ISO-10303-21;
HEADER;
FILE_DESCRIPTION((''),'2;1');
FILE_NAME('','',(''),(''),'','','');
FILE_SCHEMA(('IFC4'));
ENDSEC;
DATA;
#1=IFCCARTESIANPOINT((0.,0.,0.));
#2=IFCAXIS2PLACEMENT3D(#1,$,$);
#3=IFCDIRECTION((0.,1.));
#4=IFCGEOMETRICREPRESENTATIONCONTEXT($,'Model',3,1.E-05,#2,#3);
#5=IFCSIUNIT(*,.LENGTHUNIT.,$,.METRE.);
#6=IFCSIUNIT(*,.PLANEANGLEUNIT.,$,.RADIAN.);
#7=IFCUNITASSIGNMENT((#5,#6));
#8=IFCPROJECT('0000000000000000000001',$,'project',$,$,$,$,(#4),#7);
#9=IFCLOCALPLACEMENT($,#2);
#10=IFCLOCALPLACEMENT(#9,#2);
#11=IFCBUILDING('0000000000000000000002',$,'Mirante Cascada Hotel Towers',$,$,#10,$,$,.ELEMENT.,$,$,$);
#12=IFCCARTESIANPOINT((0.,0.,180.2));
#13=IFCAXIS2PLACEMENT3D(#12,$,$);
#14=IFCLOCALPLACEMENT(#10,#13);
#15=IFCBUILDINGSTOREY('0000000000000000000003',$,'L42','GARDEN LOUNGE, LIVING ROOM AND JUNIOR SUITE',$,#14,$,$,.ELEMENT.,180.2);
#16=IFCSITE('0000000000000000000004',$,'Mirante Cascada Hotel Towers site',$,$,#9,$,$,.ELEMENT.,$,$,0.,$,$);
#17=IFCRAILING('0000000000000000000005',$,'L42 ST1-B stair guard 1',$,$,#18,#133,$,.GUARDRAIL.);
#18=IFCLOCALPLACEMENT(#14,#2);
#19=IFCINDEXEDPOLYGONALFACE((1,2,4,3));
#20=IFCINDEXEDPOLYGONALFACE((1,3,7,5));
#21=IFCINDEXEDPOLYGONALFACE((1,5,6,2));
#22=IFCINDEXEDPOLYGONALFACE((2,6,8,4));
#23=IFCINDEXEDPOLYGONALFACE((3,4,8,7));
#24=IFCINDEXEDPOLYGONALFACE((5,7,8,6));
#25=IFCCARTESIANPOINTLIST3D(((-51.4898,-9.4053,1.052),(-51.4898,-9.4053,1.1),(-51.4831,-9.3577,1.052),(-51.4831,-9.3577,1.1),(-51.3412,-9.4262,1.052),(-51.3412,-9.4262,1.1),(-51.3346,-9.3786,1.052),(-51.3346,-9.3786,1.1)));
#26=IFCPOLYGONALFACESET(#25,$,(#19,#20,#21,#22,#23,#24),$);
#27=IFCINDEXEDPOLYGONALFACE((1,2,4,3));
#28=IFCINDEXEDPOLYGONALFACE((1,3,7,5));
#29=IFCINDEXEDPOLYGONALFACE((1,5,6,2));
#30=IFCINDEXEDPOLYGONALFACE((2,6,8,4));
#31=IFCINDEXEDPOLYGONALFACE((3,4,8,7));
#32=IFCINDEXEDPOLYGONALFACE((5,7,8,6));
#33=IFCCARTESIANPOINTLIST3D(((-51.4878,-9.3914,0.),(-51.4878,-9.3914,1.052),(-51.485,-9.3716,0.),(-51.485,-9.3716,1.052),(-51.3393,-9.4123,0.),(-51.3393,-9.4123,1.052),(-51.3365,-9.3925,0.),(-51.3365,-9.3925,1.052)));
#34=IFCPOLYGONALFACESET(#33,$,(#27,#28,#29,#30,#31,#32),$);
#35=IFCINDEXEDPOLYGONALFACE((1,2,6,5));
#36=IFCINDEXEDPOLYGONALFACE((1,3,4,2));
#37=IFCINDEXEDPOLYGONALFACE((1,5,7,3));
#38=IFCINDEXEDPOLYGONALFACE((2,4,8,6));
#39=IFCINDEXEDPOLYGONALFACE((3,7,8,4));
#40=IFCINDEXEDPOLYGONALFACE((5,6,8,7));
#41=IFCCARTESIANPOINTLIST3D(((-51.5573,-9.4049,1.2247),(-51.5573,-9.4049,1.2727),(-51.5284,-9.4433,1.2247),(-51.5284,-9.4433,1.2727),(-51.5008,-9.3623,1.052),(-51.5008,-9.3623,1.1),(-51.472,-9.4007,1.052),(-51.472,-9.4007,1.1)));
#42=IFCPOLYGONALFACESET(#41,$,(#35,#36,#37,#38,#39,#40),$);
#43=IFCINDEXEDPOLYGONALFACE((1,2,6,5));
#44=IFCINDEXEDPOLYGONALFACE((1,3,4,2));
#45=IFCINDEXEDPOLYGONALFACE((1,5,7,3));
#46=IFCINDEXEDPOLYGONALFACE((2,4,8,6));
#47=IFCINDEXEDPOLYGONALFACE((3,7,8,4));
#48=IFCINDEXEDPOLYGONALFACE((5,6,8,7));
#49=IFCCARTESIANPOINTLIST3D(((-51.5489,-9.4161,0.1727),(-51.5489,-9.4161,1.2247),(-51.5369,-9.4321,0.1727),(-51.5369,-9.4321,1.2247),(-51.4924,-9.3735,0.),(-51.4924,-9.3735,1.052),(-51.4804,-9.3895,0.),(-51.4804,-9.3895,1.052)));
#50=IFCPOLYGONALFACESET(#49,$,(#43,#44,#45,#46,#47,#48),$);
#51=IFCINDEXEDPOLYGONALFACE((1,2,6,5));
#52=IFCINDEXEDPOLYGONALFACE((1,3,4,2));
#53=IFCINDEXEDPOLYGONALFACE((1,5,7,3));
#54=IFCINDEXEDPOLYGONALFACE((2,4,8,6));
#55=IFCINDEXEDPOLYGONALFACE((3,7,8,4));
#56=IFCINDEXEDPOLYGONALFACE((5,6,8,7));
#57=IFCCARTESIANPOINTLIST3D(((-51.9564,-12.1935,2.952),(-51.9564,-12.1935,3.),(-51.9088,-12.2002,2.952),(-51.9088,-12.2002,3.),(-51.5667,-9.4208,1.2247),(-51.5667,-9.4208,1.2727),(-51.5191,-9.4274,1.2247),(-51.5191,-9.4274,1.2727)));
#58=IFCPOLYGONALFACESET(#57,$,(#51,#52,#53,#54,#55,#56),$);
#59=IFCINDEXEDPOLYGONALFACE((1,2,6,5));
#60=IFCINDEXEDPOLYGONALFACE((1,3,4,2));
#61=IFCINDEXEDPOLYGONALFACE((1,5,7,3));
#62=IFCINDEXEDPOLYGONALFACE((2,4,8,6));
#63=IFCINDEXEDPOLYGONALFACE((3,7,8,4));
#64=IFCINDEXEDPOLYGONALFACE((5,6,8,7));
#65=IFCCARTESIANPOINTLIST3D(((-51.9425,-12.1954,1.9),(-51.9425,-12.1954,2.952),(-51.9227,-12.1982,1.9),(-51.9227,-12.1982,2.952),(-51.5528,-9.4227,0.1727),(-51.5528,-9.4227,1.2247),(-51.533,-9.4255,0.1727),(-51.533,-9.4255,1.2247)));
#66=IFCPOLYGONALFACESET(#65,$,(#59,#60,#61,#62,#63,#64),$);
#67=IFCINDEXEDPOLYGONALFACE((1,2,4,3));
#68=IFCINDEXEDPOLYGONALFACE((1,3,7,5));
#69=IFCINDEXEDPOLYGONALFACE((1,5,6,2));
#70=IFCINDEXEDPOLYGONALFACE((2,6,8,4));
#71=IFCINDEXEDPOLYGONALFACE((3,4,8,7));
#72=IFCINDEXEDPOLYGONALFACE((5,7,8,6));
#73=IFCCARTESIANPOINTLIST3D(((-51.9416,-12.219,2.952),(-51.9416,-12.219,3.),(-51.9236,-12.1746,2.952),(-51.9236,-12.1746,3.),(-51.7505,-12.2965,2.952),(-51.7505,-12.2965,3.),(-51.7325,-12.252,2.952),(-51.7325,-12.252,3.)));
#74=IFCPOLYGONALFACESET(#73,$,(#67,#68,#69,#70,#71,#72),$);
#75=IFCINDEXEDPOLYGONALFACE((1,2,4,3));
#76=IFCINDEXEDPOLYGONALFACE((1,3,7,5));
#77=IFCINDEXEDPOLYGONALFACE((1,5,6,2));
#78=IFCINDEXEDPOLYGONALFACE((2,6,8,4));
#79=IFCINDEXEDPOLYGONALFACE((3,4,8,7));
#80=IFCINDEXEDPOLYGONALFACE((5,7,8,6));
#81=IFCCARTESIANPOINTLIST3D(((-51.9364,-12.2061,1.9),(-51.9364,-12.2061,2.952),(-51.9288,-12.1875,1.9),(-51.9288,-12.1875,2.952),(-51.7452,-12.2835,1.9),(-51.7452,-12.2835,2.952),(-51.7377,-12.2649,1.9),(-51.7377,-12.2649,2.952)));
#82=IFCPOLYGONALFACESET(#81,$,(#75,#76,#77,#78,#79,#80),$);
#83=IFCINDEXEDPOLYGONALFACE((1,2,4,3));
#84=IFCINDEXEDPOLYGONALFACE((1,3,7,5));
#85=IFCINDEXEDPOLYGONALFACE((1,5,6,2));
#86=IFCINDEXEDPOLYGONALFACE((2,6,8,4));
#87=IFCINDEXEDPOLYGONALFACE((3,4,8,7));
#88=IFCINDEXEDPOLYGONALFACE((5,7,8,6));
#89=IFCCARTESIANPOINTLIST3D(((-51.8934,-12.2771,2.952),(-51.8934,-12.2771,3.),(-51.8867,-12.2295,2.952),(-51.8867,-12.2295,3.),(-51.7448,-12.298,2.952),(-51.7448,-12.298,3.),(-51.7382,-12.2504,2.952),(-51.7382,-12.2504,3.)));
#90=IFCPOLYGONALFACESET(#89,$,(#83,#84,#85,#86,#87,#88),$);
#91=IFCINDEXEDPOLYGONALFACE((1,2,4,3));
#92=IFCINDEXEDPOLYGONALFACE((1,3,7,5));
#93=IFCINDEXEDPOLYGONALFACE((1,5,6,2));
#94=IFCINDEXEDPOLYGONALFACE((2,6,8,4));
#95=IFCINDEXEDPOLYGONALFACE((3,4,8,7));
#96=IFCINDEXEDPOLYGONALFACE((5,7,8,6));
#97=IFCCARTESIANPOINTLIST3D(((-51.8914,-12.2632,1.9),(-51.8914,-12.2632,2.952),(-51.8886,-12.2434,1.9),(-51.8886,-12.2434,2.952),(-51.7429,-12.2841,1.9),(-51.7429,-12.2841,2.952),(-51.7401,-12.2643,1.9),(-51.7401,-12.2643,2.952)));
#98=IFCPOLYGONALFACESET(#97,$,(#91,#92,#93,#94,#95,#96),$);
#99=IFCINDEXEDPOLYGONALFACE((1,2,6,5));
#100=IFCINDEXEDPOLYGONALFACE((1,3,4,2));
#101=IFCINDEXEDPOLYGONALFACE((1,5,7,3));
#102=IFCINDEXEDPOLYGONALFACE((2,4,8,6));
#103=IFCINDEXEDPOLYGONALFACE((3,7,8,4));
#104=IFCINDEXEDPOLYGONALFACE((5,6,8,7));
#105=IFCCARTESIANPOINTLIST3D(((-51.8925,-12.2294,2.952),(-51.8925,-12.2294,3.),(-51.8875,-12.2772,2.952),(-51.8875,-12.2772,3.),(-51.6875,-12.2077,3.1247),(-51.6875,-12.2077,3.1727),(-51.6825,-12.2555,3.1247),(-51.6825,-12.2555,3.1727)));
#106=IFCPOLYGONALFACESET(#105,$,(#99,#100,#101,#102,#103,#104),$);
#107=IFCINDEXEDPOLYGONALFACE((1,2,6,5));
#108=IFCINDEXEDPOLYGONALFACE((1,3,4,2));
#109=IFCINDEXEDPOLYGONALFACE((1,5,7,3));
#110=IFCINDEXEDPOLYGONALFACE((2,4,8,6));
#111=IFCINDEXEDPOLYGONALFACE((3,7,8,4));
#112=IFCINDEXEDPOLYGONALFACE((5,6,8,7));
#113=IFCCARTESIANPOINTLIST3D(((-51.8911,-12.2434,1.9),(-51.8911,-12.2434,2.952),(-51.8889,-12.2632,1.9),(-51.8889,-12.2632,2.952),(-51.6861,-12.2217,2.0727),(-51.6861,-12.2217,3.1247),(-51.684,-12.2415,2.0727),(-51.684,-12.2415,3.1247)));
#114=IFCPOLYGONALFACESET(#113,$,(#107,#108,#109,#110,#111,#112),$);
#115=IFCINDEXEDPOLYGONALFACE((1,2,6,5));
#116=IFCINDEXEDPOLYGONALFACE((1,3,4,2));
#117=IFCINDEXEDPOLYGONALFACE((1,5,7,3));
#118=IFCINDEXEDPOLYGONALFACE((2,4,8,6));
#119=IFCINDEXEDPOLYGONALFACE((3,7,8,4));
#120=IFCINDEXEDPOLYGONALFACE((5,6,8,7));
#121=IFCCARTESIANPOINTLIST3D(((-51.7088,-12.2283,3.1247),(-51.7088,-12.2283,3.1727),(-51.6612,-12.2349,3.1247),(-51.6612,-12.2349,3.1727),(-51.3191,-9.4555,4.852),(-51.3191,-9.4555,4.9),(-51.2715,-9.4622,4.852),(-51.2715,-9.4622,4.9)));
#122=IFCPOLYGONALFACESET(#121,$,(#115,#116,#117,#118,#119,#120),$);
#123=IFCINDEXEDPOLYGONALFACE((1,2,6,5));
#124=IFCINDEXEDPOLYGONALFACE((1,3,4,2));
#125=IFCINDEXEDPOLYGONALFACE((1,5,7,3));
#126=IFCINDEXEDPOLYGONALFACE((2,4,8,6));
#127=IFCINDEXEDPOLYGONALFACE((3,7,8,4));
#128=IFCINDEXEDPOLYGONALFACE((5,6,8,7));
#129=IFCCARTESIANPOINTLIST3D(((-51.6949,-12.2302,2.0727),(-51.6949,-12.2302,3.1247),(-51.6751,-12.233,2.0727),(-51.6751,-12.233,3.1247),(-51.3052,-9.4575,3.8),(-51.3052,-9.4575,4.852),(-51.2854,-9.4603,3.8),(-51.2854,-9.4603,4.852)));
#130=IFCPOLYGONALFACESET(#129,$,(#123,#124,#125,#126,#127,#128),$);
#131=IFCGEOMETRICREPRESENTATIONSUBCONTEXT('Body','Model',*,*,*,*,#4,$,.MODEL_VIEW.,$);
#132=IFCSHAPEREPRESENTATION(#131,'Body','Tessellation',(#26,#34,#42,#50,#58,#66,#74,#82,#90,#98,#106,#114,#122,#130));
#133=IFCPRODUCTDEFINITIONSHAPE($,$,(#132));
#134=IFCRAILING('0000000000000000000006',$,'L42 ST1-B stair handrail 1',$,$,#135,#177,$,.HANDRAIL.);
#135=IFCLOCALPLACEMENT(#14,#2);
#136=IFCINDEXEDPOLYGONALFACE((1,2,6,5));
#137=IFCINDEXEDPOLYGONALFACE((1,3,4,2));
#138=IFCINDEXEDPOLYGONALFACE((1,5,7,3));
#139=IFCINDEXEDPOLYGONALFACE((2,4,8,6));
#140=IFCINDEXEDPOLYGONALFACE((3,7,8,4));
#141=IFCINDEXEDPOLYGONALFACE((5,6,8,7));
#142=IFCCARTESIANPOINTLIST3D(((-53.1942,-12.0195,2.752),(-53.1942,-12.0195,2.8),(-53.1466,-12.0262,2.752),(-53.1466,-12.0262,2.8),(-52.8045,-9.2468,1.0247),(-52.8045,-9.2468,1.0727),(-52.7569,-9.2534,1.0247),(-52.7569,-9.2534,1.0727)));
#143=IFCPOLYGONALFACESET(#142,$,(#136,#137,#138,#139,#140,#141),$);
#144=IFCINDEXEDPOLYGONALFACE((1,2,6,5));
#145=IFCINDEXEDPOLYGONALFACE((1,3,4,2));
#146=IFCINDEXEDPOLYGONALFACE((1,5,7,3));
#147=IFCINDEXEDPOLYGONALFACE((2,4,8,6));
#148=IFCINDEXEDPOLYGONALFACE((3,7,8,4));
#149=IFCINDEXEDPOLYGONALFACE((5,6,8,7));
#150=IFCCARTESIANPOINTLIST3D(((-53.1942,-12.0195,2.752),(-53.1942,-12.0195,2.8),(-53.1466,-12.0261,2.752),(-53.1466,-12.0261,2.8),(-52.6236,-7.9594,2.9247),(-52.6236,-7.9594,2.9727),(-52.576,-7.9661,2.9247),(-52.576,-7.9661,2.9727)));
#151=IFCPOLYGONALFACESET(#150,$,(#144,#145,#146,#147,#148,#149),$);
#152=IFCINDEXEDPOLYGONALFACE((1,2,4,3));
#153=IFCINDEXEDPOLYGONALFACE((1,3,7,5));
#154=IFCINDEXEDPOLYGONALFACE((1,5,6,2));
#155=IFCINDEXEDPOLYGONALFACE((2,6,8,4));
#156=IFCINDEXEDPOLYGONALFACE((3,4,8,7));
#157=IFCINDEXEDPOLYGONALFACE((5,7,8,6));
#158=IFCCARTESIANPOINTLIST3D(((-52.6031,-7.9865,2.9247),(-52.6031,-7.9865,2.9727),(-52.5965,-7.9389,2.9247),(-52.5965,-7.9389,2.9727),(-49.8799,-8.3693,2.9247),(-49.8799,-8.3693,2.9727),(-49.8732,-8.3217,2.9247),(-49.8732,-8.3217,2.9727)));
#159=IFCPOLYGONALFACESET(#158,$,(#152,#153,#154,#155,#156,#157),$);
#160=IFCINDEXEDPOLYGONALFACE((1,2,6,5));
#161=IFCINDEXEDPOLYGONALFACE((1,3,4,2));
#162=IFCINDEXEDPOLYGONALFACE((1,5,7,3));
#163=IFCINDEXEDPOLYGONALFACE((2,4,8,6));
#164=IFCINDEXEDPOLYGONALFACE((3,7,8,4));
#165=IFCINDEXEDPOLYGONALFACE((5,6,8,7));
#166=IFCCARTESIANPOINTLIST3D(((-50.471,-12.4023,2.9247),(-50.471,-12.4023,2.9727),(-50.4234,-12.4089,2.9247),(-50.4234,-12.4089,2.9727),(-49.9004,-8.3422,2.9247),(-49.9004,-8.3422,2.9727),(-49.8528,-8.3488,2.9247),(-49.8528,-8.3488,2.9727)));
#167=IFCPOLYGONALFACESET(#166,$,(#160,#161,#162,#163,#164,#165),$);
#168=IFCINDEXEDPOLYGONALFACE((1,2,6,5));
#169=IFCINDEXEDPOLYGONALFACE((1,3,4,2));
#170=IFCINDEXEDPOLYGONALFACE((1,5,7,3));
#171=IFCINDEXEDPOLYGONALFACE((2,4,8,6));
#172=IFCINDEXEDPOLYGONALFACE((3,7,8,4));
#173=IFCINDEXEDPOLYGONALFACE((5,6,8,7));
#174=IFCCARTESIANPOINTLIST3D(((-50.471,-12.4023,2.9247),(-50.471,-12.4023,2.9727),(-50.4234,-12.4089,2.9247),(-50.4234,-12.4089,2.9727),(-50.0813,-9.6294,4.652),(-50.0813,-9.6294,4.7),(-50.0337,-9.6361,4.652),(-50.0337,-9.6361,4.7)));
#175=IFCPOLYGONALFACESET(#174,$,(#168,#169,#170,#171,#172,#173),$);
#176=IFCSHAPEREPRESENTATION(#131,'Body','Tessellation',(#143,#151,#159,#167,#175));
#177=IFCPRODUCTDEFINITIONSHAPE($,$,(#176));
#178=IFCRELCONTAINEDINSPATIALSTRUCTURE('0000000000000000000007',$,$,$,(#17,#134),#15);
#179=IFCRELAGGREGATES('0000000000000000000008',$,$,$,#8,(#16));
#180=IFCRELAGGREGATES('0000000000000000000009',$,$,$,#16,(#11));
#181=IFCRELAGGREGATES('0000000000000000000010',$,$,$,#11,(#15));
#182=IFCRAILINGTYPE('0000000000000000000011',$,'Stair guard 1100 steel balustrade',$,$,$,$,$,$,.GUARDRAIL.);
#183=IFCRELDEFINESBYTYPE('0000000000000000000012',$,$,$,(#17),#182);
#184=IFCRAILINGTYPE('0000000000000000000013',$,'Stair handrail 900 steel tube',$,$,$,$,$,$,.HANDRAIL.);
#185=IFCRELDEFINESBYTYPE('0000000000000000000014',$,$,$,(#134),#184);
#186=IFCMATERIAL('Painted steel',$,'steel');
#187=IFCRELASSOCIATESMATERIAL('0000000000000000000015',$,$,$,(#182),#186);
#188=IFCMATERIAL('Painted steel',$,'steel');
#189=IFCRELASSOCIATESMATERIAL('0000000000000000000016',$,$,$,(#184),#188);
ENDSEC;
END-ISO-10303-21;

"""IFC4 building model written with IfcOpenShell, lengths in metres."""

from ifc_helpers import new_model, si_unit, direction, frame, origin, origin_2d, place, context, subcontext, project, spatial, rectangle, extrude, material, type_object, element, save


model = new_model("IFC4")

# Units and contexts
model_context = context("Model", 3, precision=1e-05, world=origin(), true_north=direction((0.0, 1.0)))
body_context = subcontext(model_context, "Body", "Model", "MODEL_VIEW")
ifc_project = project(units=[si_unit("LENGTHUNIT", "METRE"), si_unit("PLANEANGLEUNIT", "RADIAN")], contexts=[model_context])

# Site, building, storey
site_placement = place(None, origin())
site = spatial("IfcSite", under=ifc_project, at=site_placement, Name="Mirante Cascada Hotel Towers site", CompositionType="ELEMENT", RefElevation=0.0)
building_placement = place(site_placement, origin())
building = spatial("IfcBuilding", under=site, at=building_placement, Name="Mirante Cascada Hotel Towers", CompositionType="ELEMENT")
storey_placement = place(building_placement, frame((0.0, 0.0, 180.2)))
storey = spatial("IfcBuildingStorey", under=building, at=storey_placement, Name="L42", Description="GARDEN LOUNGE, LIVING ROOM AND JUNIOR SUITE", CompositionType="ELEMENT", Elevation=180.2)

# Railings
ifc_material_1 = material(Name="Painted steel", Category="steel")
railing_type_1 = type_object("IfcRailingType", Name="Stair guard 1100 steel balustrade", PredefinedType="GUARDRAIL", material=ifc_material_1)
railing_1_placement = place(storey_placement, frame((-51.3379, -9.4024, 0.0)))
element("IfcRailing", 1, at=railing_1_placement, inside=storey, type_object=railing_type_1, Name="L42 ST1-B stair guard 1", PredefinedType="GUARDRAIL", context=body_context, shape_type="SweptSolid", body=[
    extrude(rectangle(XDim=0.048, YDim=0.048, at=origin_2d()), frame((0.0, 0.0, 1.076), z_axis=(-0.990241, 0.139367, 0.0), x_axis=(-0.139367, -0.990241, 0.0)), (0.0, 0.0, 1.0), 0.15),
    extrude(rectangle(XDim=0.02, YDim=1.052, at=origin_2d()), frame((0.0, 0.0, 0.526), z_axis=(-0.990241, 0.139367, 0.0), x_axis=(-0.139367, -0.990241, 0.0)), (0.0, 0.0, 1.0), 0.15),
    extrude(rectangle(XDim=0.048, YDim=0.048, at=origin_2d()), frame((-0.1485, 0.0209, 1.076), z_axis=(-0.798471, -0.602033, 0.0), x_axis=(0.602033, -0.798471, 0.0)), (0.0, 0.92534, 0.379139), 0.1866),
    extrude(rectangle(XDim=0.02, YDim=1.052, at=origin_2d()), frame((-0.1485, 0.0209, 0.526), z_axis=(-0.798471, -0.602033, 0.0), x_axis=(0.602033, -0.798471, 0.0)), (0.0, 0.92534, 0.379139), 0.1866),
    extrude(rectangle(XDim=0.048, YDim=0.048, at=origin_2d()), frame((-0.205, -0.0217, 1.2487), z_axis=(-0.139181, -0.990267, 0.0), x_axis=(0.990267, -0.139181, 0.0)), (0.0, 0.525035, 0.851081), 3.2899),
    extrude(rectangle(XDim=0.02, YDim=1.052, at=origin_2d()), frame((-0.205, -0.0217, 0.6987), z_axis=(-0.139181, -0.990267, 0.0), x_axis=(0.990267, -0.139181, 0.0)), (0.0, 0.525035, 0.851081), 3.2899),
    extrude(rectangle(XDim=0.048, YDim=0.048, at=origin_2d()), frame((-0.5947, -2.7944, 2.976), z_axis=(0.926862, -0.375401, 0.0), x_axis=(0.375401, 0.926862, 0.0)), (0.0, 0.0, 1.0), 0.2062),
    extrude(rectangle(XDim=0.02, YDim=1.052, at=origin_2d()), frame((-0.5947, -2.7944, 2.426), z_axis=(0.926862, -0.375401, 0.0), x_axis=(0.375401, 0.926862, 0.0)), (0.0, 0.0, 1.0), 0.2062),
    extrude(rectangle(XDim=0.048, YDim=0.048, at=origin_2d()), frame((-0.4036, -2.8718, 2.976), z_axis=(-0.990241, 0.139367, 0.0), x_axis=(-0.139367, -0.990241, 0.0)), (0.0, 0.0, 1.0), 0.15),
    extrude(rectangle(XDim=0.02, YDim=1.052, at=origin_2d()), frame((-0.4036, -2.8718, 2.426), z_axis=(-0.990241, 0.139367, 0.0), x_axis=(-0.139367, -0.990241, 0.0)), (0.0, 0.0, 1.0), 0.15),
    extrude(rectangle(XDim=0.048, YDim=0.048, at=origin_2d()), frame((-0.5521, -2.8509, 2.976), z_axis=(0.994444, 0.105266, 0.0), x_axis=(-0.105266, 0.994444, 0.0)), (0.0, 0.642184, 0.76655), 0.2689),
    extrude(rectangle(XDim=0.02, YDim=1.052, at=origin_2d()), frame((-0.5521, -2.8509, 2.426), z_axis=(0.994444, 0.105266, 0.0), x_axis=(-0.105266, 0.994444, 0.0)), (0.0, 0.642184, 0.76655), 0.2689),
    extrude(rectangle(XDim=0.048, YDim=0.048, at=origin_2d()), frame((-0.3471, -2.8292, 3.1487), z_axis=(0.139181, 0.990267, 0.0), x_axis=(-0.990267, 0.139181, 0.0)), (0.0, 0.525035, 0.851081), 3.2899),
    extrude(rectangle(XDim=0.02, YDim=1.052, at=origin_2d()), frame((-0.3471, -2.8292, 2.5987), z_axis=(0.139181, 0.990267, 0.0), x_axis=(-0.990267, 0.139181, 0.0)), (0.0, 0.525035, 0.851081), 3.2899),
])
ifc_material_2 = material(Name="Painted steel", Category="steel")
railing_type_2 = type_object("IfcRailingType", Name="Stair handrail 900 steel tube", PredefinedType="HANDRAIL", material=ifc_material_2)
railing_2_placement = place(storey_placement, frame((-52.7807, -9.2501, 0.1727)))
element("IfcRailing", 2, at=railing_2_placement, inside=storey, type_object=railing_type_2, Name="L42 ST1-B stair handrail 1", PredefinedType="HANDRAIL", context=body_context, shape_type="SweptSolid", body=[
    extrude(rectangle(XDim=0.048, YDim=0.048, at=origin_2d()), frame((0.0, 0.0, 0.876), z_axis=(-0.139181, -0.990267, 0.0), x_axis=(0.990267, -0.139181, 0.0)), (0.0, 0.525035, 0.851081), 3.2899),
    extrude(rectangle(XDim=0.048, YDim=0.048, at=origin_2d()), frame((-0.3897, -2.7727, 2.6033), z_axis=(0.139171, 0.990268, 0.0), x_axis=(-0.990268, 0.139171, 0.0)), (0.0, 0.042085, 0.999114), 4.1036),
    extrude(rectangle(XDim=0.048, YDim=0.048, at=origin_2d()), frame((0.1809, 1.2874, 2.776), z_axis=(0.990264, -0.139201, 0.0), x_axis=(0.139201, 0.990264, 0.0)), (0.0, 0.0, 1.0), 2.75),
    extrude(rectangle(XDim=0.048, YDim=0.048, at=origin_2d()), frame((2.9041, 0.9046, 2.776), z_axis=(-0.139171, -0.990268, 0.0), x_axis=(0.990268, -0.139171, 0.0)), (0.0, 0.0, 1.0), 4.1),
    extrude(rectangle(XDim=0.048, YDim=0.048, at=origin_2d()), frame((2.3335, -3.1555, 2.776), z_axis=(0.139176, 0.990268, 0.0), x_axis=(-0.990268, 0.139176, 0.0)), (0.0, 0.525021, 0.851089), 3.29),
])

save(model, "model.ifc")
